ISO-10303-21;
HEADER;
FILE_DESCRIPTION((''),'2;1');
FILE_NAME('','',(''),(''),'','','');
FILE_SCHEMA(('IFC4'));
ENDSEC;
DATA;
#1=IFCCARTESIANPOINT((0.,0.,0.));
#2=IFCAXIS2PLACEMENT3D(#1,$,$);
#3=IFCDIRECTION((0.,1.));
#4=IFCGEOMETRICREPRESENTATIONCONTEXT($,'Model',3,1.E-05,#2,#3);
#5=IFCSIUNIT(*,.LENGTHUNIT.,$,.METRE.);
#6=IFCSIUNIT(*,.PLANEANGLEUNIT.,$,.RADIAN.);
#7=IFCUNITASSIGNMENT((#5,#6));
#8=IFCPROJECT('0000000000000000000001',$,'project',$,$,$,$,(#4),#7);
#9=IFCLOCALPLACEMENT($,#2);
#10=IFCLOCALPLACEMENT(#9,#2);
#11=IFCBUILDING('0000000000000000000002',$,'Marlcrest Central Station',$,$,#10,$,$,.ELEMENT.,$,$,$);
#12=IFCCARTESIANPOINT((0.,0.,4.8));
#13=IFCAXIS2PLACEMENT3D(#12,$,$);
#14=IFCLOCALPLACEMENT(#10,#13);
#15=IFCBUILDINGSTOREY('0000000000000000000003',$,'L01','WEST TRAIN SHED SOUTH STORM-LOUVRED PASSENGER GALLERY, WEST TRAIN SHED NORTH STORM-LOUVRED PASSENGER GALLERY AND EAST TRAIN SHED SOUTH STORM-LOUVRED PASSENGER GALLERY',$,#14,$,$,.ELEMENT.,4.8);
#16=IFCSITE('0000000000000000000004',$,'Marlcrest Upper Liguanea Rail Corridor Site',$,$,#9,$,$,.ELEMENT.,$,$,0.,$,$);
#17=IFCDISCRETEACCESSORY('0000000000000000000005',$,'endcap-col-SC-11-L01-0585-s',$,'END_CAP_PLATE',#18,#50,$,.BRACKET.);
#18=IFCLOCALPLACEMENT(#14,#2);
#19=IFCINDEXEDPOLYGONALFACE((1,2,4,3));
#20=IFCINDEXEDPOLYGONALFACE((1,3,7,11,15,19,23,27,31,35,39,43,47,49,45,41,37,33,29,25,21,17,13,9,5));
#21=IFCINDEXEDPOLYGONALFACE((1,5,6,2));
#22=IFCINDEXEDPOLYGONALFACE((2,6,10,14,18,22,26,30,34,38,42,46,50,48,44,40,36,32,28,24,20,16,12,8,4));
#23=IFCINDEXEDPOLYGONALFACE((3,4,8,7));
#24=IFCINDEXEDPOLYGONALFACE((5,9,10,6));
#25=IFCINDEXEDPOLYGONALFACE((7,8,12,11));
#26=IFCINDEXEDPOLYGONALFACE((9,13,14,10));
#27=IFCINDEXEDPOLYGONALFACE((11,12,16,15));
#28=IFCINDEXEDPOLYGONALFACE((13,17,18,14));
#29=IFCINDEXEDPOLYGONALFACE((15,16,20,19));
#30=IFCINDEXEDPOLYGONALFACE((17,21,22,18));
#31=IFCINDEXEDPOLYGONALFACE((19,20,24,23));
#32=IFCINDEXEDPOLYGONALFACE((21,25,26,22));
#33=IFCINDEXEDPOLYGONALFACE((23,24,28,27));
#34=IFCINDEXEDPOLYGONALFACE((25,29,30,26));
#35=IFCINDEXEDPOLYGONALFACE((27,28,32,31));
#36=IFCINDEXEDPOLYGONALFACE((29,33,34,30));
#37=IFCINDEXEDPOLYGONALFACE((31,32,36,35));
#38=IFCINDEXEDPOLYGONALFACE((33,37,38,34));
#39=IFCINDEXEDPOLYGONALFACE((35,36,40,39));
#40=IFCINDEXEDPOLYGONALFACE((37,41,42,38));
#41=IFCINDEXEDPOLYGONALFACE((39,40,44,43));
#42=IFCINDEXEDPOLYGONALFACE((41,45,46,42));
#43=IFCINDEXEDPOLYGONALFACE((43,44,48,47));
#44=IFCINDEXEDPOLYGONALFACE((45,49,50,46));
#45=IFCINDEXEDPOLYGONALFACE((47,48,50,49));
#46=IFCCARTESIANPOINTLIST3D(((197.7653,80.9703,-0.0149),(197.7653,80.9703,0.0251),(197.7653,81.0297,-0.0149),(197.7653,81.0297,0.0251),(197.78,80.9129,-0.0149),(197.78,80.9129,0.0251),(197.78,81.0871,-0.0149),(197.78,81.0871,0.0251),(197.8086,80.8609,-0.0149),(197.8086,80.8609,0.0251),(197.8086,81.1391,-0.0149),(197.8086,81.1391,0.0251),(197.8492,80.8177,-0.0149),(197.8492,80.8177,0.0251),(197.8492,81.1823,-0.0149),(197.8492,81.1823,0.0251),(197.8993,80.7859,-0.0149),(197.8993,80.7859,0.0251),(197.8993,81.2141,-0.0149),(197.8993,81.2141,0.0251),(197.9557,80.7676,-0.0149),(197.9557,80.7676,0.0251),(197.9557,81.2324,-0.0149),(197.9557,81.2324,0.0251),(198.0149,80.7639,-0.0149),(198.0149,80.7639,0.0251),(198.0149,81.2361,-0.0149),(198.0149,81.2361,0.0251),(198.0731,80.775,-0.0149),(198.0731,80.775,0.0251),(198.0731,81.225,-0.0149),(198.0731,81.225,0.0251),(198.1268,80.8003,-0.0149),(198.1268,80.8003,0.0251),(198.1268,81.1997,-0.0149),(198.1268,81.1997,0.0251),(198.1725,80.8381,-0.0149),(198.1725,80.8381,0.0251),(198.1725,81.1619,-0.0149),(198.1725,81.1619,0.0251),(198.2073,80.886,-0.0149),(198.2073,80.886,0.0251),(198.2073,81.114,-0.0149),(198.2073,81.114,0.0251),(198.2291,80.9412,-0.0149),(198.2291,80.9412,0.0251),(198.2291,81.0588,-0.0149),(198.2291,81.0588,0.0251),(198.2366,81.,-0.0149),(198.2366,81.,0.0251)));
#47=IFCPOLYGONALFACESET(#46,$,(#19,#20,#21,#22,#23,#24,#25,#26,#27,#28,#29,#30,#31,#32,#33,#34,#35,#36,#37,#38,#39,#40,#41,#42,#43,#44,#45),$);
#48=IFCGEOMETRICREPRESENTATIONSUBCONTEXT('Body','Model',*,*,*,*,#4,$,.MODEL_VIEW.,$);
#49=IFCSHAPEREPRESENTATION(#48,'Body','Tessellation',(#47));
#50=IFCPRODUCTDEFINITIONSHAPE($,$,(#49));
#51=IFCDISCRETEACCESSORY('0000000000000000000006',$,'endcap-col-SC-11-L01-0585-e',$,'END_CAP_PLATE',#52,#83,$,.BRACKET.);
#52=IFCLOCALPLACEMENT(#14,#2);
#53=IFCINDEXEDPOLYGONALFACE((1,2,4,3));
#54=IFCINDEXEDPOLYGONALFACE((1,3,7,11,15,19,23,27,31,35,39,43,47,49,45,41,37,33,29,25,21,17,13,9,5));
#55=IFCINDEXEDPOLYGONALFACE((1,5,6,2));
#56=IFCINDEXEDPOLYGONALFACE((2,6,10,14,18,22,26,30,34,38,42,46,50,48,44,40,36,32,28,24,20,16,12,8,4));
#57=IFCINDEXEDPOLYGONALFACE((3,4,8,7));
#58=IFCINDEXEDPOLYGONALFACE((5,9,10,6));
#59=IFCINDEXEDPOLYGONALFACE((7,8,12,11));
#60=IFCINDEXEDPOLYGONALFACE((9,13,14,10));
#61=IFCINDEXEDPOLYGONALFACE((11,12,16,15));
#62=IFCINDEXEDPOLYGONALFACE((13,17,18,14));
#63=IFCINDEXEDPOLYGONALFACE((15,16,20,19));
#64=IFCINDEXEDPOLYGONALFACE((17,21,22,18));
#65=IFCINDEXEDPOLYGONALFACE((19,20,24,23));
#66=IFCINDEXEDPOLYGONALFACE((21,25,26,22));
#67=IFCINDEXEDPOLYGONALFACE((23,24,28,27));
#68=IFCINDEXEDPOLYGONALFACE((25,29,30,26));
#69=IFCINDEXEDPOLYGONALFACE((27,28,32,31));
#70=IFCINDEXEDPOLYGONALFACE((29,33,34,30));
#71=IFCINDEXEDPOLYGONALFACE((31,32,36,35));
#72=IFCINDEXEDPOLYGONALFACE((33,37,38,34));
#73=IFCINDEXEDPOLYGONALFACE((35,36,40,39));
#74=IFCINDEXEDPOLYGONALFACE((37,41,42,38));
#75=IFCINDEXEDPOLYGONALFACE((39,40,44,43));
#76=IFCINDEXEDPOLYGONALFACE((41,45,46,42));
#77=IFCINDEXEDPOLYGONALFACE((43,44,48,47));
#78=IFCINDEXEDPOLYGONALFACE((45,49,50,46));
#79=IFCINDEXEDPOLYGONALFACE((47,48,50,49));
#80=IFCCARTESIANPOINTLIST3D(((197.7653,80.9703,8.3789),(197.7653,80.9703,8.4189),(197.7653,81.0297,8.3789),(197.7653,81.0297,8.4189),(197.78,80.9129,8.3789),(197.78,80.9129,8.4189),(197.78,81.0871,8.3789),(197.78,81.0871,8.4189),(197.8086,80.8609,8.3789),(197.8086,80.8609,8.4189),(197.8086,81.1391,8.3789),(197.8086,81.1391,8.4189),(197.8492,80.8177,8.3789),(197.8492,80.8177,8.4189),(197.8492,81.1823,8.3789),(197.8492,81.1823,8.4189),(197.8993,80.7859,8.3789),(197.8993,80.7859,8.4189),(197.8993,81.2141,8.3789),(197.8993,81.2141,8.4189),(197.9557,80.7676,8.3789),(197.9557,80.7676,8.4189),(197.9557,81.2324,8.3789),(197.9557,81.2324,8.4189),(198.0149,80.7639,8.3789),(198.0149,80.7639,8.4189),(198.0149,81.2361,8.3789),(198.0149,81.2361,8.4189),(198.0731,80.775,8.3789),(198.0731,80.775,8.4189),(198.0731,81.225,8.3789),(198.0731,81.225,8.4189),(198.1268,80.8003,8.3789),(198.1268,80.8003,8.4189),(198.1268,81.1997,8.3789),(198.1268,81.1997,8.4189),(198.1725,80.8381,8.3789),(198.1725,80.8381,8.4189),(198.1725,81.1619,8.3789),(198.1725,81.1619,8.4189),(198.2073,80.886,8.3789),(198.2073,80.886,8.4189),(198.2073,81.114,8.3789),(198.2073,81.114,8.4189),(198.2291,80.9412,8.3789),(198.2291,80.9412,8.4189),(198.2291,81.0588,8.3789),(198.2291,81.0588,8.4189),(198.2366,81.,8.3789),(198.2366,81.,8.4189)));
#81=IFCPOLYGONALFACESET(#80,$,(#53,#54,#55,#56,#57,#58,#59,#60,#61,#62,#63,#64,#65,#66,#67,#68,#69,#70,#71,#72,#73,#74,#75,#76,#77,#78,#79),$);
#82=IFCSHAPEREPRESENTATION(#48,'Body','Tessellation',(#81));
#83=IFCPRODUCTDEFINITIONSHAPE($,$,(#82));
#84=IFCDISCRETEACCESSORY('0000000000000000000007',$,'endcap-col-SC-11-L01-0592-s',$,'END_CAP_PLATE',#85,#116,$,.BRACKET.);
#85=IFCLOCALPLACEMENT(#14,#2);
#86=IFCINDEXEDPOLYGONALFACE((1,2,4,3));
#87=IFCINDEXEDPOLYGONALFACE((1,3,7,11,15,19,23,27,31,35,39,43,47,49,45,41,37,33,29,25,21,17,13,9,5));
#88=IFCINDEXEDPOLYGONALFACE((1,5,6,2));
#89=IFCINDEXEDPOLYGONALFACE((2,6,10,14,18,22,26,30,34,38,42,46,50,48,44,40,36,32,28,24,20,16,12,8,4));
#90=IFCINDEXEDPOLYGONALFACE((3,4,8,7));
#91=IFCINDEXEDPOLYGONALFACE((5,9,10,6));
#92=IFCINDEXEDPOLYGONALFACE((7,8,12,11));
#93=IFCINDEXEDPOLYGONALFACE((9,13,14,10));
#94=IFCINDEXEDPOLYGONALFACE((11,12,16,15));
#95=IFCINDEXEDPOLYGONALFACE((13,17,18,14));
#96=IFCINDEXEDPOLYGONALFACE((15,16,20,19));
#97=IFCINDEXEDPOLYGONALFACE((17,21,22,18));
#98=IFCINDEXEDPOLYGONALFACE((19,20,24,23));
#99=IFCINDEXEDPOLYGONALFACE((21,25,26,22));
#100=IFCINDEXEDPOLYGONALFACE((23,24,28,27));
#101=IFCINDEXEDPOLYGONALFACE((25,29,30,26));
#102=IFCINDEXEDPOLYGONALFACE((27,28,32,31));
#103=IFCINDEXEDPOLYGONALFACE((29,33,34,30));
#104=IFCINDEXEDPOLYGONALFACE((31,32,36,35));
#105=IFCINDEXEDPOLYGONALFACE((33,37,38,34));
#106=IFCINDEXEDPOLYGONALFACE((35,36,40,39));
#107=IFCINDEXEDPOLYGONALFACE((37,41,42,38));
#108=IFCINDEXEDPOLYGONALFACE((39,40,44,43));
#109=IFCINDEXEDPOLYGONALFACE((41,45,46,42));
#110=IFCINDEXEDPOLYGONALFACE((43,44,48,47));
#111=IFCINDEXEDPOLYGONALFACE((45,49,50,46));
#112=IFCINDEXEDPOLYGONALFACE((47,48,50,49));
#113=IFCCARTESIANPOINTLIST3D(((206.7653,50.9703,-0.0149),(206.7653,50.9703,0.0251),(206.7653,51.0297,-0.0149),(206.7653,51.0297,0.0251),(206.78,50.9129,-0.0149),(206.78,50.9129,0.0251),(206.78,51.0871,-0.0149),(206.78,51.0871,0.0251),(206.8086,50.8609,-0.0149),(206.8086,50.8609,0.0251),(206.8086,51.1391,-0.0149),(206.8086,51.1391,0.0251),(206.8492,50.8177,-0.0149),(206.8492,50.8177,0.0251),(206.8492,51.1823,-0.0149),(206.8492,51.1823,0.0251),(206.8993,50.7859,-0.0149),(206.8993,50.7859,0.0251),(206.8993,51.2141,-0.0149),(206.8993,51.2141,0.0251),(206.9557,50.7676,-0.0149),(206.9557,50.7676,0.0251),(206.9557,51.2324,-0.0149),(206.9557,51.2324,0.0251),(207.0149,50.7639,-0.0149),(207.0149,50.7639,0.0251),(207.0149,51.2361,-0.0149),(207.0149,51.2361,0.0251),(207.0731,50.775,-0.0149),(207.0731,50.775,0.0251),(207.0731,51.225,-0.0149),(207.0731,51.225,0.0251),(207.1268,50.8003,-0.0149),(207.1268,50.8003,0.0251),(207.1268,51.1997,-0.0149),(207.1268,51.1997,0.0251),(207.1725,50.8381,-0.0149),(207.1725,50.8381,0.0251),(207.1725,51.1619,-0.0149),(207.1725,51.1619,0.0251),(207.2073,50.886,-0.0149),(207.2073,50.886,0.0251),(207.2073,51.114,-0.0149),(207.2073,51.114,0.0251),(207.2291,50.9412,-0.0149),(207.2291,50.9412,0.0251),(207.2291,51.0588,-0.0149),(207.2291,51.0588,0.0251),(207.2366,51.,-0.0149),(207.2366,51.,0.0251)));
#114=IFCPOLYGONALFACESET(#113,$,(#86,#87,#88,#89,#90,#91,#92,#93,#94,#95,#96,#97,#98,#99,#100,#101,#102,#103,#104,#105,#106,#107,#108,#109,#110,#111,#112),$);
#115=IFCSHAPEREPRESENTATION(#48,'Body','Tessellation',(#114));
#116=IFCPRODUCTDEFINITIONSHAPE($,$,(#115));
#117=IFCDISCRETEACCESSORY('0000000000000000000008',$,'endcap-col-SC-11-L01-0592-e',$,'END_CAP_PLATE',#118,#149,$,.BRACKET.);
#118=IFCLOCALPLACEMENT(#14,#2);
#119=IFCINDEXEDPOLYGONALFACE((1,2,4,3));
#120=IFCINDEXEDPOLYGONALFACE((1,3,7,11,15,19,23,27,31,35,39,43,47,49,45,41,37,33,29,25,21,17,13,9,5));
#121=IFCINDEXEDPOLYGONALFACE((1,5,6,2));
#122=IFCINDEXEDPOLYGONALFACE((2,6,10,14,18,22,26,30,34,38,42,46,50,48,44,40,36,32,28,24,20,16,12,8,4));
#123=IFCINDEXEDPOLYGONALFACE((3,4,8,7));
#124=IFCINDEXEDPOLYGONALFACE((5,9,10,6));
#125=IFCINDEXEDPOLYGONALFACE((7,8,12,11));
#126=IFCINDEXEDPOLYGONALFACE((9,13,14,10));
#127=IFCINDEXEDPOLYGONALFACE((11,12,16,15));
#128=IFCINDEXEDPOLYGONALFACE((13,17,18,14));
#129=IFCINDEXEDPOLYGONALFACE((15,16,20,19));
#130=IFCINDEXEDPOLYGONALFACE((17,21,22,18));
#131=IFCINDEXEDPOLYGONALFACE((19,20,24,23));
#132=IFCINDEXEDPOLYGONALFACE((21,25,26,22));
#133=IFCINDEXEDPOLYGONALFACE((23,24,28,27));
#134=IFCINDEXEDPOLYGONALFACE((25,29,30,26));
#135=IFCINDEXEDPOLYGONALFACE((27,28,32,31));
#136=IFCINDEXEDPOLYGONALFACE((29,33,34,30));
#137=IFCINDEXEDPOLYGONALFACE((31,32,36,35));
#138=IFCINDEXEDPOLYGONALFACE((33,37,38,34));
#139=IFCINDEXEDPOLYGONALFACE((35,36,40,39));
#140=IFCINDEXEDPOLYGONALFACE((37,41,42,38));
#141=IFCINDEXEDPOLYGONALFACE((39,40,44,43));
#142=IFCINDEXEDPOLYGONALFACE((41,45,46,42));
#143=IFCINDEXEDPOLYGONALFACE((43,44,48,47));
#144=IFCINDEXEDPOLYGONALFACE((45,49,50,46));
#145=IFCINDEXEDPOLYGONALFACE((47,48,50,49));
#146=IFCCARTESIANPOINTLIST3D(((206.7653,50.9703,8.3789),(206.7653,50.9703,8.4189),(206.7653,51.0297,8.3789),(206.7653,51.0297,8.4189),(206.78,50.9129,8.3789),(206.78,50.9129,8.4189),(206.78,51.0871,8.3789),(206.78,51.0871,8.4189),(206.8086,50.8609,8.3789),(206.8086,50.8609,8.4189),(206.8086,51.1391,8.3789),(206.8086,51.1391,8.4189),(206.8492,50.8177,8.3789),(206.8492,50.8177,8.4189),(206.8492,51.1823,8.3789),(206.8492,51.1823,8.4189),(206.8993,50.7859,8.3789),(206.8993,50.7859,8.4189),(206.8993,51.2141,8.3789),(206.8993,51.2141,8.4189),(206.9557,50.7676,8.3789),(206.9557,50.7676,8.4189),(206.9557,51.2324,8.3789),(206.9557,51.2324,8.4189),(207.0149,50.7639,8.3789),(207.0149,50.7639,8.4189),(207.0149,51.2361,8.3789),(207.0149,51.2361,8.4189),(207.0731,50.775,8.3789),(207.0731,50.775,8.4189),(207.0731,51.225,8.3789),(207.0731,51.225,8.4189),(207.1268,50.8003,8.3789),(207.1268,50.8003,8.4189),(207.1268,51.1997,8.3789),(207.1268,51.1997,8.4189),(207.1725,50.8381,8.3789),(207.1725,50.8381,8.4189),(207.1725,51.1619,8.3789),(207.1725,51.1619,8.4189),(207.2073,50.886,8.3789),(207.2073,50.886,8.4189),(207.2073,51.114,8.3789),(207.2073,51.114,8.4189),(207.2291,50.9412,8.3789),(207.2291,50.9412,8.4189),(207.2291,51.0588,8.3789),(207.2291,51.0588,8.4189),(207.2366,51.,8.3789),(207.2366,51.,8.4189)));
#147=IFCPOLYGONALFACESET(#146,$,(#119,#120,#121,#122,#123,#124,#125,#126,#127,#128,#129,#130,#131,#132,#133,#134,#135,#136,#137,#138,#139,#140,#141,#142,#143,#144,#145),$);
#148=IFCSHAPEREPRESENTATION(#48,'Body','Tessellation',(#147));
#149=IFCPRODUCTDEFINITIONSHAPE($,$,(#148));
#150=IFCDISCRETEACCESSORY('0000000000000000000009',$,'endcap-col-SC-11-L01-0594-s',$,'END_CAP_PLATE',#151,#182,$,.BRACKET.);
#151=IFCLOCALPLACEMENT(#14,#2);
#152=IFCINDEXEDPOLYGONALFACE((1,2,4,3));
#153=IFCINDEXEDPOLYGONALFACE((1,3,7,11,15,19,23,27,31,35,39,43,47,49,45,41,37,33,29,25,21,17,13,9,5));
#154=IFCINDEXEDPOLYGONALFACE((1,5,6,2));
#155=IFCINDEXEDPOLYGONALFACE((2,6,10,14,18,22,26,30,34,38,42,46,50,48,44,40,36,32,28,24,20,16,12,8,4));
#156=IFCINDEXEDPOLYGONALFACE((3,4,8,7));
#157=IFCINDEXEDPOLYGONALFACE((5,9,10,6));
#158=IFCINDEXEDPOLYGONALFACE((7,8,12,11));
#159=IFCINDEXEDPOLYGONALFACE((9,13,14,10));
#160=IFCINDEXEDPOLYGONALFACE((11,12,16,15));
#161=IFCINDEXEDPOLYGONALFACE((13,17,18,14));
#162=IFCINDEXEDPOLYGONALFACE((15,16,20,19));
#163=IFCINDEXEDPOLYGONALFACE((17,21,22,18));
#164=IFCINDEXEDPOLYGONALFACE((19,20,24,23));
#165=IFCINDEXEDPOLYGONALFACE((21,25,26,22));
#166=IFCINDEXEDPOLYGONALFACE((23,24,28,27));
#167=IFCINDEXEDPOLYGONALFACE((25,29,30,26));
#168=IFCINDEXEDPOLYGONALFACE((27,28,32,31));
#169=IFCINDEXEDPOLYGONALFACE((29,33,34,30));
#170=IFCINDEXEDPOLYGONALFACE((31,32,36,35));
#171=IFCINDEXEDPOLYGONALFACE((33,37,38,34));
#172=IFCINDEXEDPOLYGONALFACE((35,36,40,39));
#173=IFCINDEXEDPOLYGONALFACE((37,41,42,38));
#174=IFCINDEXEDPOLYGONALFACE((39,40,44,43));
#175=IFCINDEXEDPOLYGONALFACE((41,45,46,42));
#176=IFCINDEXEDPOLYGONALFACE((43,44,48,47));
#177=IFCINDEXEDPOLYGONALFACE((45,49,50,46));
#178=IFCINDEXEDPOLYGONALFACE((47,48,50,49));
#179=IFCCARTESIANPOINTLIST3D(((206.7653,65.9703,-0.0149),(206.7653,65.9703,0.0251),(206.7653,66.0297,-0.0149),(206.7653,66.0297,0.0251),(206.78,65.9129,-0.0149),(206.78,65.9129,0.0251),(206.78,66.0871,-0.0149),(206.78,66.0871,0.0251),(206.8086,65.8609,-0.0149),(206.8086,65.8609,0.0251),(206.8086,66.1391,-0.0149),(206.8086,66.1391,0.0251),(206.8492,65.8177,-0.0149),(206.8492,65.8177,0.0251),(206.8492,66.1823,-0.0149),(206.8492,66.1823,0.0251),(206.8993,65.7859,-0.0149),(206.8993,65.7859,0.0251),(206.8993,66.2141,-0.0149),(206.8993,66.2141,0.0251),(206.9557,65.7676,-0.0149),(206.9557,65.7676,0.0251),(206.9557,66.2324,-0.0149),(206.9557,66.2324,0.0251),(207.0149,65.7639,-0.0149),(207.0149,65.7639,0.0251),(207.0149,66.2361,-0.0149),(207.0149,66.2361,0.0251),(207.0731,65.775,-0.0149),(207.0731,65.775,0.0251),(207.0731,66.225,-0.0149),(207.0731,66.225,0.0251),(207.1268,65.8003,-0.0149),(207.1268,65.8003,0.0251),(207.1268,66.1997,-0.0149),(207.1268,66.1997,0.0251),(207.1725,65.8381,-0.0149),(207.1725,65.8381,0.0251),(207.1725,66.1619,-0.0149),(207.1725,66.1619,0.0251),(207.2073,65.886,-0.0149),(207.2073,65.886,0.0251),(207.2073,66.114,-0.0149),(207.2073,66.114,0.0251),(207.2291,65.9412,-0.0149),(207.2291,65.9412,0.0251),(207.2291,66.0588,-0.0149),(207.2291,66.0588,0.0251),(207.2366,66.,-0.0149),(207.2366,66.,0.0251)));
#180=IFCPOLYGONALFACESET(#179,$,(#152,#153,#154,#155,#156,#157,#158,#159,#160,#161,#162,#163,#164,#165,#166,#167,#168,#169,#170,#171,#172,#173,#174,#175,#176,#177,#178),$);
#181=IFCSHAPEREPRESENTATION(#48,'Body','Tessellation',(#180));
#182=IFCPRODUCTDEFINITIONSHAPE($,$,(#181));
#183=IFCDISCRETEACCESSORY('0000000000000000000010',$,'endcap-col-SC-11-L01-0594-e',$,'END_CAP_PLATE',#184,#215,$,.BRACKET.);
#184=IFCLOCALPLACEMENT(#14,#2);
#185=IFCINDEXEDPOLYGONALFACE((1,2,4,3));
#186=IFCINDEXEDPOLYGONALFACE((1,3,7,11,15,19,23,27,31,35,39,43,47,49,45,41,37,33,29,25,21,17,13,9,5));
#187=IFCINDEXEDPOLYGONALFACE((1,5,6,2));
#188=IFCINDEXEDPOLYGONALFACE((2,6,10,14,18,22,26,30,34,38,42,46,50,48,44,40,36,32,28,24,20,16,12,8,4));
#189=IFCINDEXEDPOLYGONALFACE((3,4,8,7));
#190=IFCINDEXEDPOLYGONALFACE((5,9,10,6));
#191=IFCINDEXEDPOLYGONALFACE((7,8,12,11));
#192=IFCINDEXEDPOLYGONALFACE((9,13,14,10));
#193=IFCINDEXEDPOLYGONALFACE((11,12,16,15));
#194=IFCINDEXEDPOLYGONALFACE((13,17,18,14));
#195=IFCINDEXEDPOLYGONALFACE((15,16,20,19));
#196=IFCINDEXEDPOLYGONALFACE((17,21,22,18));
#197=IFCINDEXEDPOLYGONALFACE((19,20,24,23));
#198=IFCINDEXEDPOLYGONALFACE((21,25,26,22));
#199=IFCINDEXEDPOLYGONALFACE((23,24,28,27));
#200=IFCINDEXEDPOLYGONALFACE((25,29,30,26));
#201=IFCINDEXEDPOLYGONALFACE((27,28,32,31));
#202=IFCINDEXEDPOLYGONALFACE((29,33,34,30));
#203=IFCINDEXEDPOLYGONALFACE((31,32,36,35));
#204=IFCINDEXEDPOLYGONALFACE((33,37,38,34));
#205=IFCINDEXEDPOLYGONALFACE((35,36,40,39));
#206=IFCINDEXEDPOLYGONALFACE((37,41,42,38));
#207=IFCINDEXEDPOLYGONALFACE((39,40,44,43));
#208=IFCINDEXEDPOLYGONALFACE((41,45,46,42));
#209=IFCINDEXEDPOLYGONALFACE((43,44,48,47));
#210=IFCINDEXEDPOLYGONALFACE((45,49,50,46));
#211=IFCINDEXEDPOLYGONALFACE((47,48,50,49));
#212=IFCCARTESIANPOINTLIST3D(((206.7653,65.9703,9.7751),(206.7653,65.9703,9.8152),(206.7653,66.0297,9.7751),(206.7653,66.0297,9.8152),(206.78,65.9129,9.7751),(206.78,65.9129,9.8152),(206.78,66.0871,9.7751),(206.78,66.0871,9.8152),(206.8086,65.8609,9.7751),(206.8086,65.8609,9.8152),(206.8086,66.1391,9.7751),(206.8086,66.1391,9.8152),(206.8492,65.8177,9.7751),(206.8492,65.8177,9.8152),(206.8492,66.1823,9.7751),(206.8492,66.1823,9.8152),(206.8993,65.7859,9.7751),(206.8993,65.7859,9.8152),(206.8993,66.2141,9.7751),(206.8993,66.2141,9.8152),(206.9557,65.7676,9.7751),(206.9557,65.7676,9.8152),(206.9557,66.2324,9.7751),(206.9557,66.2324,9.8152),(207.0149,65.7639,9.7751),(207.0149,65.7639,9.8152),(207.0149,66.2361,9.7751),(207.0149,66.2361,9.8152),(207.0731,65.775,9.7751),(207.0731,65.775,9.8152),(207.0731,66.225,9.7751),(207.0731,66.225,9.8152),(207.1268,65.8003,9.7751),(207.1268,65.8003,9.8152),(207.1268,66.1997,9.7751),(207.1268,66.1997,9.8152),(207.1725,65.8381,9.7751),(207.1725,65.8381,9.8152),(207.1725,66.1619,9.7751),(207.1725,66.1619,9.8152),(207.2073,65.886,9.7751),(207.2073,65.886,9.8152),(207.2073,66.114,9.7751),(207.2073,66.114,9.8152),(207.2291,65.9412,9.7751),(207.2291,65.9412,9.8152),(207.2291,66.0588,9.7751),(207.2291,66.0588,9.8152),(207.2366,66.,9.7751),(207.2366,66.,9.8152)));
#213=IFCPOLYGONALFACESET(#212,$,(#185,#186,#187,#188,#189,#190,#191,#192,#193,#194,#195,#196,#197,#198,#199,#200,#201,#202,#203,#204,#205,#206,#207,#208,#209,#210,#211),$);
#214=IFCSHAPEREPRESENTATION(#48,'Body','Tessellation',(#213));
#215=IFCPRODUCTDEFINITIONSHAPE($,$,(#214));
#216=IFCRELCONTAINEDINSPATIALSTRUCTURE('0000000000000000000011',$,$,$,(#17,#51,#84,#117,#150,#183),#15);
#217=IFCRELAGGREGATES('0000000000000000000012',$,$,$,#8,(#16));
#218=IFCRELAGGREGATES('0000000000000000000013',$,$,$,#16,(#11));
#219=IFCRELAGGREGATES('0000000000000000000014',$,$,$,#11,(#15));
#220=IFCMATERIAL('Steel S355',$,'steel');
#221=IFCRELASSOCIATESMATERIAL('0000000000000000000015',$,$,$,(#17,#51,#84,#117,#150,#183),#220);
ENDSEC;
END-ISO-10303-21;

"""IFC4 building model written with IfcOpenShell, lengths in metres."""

from ifc_helpers import new_model, si_unit, direction, frame, origin, origin_2d, place, context, subcontext, project, spatial, circle, extrude, material, element, save


model = new_model("IFC4")

# Units and contexts
model_context = context("Model", 3, precision=1e-05, world=origin(), true_north=direction((0.0, 1.0)))
body_context = subcontext(model_context, "Body", "Model", "MODEL_VIEW")
ifc_project = project(units=[si_unit("LENGTHUNIT", "METRE"), si_unit("PLANEANGLEUNIT", "RADIAN")], contexts=[model_context])

# Site, building, storey
site_placement = place(None, origin())
site = spatial("IfcSite", under=ifc_project, at=site_placement, Name="Marlcrest Upper Liguanea Rail Corridor Site", CompositionType="ELEMENT", RefElevation=0.0)
building_placement = place(site_placement, origin())
building = spatial("IfcBuilding", under=site, at=building_placement, Name="Marlcrest Central Station", CompositionType="ELEMENT")
storey_placement = place(building_placement, frame((0.0, 0.0, 4.8)))
storey = spatial("IfcBuildingStorey", under=building, at=storey_placement, Name="L01", Description="WEST TRAIN SHED SOUTH STORM-LOUVRED PASSENGER GALLERY, WEST TRAIN SHED NORTH STORM-LOUVRED PASSENGER GALLERY AND EAST TRAIN SHED SOUTH STORM-LOUVRED PASSENGER GALLERY", CompositionType="ELEMENT", Elevation=4.8)

# Shared definitions
ifc_material = material(Name="Steel S355", Category="steel")

# Discrete accessories
for number, where, z_axis, x_axis, name in (
    (1, (198.0, 81.0, -0.0149), (0.0, 0.0, 1.0), (1.0, 0.0, 0.0), "endcap-col-SC-11-L01-0585-s"),
    (2, (198.0, 81.0, 8.3789), (0.0, 0.0, 1.0), (1.0, 0.0, 0.0), "endcap-col-SC-11-L01-0585-e"),
    (3, (207.0, 51.0, -0.0149), (0.0, 0.0, 1.0), (1.0, 0.0, 0.0), "endcap-col-SC-11-L01-0592-s"),
    (4, (207.0, 51.0, 8.3789), (0.0, 0.0, 1.0), (1.0, 0.0, 0.0), "endcap-col-SC-11-L01-0592-e"),
    (5, (207.0, 66.0, -0.0149), (0.0, 0.0, 1.0), (1.0, 0.0, 0.0), "endcap-col-SC-11-L01-0594-s"),
    (6, (207.0, 66.0, 9.7751), (0.0, 0.0, 1.0), (1.0, 0.0, 0.0), "endcap-col-SC-11-L01-0594-e"),
):
    element("IfcDiscreteAccessory", number, at=place(storey_placement, frame(where, z_axis=z_axis, x_axis=x_axis)), inside=storey, material=ifc_material, Name=name, ObjectType="END_CAP_PLATE", PredefinedType="BRACKET", context=body_context, shape_type="SweptSolid", body=[
        extrude(circle(Radius=0.2366, at=origin_2d()), origin(), (0.0, 0.0, 1.0), 0.04),
    ])

save(model, "model.ifc")
